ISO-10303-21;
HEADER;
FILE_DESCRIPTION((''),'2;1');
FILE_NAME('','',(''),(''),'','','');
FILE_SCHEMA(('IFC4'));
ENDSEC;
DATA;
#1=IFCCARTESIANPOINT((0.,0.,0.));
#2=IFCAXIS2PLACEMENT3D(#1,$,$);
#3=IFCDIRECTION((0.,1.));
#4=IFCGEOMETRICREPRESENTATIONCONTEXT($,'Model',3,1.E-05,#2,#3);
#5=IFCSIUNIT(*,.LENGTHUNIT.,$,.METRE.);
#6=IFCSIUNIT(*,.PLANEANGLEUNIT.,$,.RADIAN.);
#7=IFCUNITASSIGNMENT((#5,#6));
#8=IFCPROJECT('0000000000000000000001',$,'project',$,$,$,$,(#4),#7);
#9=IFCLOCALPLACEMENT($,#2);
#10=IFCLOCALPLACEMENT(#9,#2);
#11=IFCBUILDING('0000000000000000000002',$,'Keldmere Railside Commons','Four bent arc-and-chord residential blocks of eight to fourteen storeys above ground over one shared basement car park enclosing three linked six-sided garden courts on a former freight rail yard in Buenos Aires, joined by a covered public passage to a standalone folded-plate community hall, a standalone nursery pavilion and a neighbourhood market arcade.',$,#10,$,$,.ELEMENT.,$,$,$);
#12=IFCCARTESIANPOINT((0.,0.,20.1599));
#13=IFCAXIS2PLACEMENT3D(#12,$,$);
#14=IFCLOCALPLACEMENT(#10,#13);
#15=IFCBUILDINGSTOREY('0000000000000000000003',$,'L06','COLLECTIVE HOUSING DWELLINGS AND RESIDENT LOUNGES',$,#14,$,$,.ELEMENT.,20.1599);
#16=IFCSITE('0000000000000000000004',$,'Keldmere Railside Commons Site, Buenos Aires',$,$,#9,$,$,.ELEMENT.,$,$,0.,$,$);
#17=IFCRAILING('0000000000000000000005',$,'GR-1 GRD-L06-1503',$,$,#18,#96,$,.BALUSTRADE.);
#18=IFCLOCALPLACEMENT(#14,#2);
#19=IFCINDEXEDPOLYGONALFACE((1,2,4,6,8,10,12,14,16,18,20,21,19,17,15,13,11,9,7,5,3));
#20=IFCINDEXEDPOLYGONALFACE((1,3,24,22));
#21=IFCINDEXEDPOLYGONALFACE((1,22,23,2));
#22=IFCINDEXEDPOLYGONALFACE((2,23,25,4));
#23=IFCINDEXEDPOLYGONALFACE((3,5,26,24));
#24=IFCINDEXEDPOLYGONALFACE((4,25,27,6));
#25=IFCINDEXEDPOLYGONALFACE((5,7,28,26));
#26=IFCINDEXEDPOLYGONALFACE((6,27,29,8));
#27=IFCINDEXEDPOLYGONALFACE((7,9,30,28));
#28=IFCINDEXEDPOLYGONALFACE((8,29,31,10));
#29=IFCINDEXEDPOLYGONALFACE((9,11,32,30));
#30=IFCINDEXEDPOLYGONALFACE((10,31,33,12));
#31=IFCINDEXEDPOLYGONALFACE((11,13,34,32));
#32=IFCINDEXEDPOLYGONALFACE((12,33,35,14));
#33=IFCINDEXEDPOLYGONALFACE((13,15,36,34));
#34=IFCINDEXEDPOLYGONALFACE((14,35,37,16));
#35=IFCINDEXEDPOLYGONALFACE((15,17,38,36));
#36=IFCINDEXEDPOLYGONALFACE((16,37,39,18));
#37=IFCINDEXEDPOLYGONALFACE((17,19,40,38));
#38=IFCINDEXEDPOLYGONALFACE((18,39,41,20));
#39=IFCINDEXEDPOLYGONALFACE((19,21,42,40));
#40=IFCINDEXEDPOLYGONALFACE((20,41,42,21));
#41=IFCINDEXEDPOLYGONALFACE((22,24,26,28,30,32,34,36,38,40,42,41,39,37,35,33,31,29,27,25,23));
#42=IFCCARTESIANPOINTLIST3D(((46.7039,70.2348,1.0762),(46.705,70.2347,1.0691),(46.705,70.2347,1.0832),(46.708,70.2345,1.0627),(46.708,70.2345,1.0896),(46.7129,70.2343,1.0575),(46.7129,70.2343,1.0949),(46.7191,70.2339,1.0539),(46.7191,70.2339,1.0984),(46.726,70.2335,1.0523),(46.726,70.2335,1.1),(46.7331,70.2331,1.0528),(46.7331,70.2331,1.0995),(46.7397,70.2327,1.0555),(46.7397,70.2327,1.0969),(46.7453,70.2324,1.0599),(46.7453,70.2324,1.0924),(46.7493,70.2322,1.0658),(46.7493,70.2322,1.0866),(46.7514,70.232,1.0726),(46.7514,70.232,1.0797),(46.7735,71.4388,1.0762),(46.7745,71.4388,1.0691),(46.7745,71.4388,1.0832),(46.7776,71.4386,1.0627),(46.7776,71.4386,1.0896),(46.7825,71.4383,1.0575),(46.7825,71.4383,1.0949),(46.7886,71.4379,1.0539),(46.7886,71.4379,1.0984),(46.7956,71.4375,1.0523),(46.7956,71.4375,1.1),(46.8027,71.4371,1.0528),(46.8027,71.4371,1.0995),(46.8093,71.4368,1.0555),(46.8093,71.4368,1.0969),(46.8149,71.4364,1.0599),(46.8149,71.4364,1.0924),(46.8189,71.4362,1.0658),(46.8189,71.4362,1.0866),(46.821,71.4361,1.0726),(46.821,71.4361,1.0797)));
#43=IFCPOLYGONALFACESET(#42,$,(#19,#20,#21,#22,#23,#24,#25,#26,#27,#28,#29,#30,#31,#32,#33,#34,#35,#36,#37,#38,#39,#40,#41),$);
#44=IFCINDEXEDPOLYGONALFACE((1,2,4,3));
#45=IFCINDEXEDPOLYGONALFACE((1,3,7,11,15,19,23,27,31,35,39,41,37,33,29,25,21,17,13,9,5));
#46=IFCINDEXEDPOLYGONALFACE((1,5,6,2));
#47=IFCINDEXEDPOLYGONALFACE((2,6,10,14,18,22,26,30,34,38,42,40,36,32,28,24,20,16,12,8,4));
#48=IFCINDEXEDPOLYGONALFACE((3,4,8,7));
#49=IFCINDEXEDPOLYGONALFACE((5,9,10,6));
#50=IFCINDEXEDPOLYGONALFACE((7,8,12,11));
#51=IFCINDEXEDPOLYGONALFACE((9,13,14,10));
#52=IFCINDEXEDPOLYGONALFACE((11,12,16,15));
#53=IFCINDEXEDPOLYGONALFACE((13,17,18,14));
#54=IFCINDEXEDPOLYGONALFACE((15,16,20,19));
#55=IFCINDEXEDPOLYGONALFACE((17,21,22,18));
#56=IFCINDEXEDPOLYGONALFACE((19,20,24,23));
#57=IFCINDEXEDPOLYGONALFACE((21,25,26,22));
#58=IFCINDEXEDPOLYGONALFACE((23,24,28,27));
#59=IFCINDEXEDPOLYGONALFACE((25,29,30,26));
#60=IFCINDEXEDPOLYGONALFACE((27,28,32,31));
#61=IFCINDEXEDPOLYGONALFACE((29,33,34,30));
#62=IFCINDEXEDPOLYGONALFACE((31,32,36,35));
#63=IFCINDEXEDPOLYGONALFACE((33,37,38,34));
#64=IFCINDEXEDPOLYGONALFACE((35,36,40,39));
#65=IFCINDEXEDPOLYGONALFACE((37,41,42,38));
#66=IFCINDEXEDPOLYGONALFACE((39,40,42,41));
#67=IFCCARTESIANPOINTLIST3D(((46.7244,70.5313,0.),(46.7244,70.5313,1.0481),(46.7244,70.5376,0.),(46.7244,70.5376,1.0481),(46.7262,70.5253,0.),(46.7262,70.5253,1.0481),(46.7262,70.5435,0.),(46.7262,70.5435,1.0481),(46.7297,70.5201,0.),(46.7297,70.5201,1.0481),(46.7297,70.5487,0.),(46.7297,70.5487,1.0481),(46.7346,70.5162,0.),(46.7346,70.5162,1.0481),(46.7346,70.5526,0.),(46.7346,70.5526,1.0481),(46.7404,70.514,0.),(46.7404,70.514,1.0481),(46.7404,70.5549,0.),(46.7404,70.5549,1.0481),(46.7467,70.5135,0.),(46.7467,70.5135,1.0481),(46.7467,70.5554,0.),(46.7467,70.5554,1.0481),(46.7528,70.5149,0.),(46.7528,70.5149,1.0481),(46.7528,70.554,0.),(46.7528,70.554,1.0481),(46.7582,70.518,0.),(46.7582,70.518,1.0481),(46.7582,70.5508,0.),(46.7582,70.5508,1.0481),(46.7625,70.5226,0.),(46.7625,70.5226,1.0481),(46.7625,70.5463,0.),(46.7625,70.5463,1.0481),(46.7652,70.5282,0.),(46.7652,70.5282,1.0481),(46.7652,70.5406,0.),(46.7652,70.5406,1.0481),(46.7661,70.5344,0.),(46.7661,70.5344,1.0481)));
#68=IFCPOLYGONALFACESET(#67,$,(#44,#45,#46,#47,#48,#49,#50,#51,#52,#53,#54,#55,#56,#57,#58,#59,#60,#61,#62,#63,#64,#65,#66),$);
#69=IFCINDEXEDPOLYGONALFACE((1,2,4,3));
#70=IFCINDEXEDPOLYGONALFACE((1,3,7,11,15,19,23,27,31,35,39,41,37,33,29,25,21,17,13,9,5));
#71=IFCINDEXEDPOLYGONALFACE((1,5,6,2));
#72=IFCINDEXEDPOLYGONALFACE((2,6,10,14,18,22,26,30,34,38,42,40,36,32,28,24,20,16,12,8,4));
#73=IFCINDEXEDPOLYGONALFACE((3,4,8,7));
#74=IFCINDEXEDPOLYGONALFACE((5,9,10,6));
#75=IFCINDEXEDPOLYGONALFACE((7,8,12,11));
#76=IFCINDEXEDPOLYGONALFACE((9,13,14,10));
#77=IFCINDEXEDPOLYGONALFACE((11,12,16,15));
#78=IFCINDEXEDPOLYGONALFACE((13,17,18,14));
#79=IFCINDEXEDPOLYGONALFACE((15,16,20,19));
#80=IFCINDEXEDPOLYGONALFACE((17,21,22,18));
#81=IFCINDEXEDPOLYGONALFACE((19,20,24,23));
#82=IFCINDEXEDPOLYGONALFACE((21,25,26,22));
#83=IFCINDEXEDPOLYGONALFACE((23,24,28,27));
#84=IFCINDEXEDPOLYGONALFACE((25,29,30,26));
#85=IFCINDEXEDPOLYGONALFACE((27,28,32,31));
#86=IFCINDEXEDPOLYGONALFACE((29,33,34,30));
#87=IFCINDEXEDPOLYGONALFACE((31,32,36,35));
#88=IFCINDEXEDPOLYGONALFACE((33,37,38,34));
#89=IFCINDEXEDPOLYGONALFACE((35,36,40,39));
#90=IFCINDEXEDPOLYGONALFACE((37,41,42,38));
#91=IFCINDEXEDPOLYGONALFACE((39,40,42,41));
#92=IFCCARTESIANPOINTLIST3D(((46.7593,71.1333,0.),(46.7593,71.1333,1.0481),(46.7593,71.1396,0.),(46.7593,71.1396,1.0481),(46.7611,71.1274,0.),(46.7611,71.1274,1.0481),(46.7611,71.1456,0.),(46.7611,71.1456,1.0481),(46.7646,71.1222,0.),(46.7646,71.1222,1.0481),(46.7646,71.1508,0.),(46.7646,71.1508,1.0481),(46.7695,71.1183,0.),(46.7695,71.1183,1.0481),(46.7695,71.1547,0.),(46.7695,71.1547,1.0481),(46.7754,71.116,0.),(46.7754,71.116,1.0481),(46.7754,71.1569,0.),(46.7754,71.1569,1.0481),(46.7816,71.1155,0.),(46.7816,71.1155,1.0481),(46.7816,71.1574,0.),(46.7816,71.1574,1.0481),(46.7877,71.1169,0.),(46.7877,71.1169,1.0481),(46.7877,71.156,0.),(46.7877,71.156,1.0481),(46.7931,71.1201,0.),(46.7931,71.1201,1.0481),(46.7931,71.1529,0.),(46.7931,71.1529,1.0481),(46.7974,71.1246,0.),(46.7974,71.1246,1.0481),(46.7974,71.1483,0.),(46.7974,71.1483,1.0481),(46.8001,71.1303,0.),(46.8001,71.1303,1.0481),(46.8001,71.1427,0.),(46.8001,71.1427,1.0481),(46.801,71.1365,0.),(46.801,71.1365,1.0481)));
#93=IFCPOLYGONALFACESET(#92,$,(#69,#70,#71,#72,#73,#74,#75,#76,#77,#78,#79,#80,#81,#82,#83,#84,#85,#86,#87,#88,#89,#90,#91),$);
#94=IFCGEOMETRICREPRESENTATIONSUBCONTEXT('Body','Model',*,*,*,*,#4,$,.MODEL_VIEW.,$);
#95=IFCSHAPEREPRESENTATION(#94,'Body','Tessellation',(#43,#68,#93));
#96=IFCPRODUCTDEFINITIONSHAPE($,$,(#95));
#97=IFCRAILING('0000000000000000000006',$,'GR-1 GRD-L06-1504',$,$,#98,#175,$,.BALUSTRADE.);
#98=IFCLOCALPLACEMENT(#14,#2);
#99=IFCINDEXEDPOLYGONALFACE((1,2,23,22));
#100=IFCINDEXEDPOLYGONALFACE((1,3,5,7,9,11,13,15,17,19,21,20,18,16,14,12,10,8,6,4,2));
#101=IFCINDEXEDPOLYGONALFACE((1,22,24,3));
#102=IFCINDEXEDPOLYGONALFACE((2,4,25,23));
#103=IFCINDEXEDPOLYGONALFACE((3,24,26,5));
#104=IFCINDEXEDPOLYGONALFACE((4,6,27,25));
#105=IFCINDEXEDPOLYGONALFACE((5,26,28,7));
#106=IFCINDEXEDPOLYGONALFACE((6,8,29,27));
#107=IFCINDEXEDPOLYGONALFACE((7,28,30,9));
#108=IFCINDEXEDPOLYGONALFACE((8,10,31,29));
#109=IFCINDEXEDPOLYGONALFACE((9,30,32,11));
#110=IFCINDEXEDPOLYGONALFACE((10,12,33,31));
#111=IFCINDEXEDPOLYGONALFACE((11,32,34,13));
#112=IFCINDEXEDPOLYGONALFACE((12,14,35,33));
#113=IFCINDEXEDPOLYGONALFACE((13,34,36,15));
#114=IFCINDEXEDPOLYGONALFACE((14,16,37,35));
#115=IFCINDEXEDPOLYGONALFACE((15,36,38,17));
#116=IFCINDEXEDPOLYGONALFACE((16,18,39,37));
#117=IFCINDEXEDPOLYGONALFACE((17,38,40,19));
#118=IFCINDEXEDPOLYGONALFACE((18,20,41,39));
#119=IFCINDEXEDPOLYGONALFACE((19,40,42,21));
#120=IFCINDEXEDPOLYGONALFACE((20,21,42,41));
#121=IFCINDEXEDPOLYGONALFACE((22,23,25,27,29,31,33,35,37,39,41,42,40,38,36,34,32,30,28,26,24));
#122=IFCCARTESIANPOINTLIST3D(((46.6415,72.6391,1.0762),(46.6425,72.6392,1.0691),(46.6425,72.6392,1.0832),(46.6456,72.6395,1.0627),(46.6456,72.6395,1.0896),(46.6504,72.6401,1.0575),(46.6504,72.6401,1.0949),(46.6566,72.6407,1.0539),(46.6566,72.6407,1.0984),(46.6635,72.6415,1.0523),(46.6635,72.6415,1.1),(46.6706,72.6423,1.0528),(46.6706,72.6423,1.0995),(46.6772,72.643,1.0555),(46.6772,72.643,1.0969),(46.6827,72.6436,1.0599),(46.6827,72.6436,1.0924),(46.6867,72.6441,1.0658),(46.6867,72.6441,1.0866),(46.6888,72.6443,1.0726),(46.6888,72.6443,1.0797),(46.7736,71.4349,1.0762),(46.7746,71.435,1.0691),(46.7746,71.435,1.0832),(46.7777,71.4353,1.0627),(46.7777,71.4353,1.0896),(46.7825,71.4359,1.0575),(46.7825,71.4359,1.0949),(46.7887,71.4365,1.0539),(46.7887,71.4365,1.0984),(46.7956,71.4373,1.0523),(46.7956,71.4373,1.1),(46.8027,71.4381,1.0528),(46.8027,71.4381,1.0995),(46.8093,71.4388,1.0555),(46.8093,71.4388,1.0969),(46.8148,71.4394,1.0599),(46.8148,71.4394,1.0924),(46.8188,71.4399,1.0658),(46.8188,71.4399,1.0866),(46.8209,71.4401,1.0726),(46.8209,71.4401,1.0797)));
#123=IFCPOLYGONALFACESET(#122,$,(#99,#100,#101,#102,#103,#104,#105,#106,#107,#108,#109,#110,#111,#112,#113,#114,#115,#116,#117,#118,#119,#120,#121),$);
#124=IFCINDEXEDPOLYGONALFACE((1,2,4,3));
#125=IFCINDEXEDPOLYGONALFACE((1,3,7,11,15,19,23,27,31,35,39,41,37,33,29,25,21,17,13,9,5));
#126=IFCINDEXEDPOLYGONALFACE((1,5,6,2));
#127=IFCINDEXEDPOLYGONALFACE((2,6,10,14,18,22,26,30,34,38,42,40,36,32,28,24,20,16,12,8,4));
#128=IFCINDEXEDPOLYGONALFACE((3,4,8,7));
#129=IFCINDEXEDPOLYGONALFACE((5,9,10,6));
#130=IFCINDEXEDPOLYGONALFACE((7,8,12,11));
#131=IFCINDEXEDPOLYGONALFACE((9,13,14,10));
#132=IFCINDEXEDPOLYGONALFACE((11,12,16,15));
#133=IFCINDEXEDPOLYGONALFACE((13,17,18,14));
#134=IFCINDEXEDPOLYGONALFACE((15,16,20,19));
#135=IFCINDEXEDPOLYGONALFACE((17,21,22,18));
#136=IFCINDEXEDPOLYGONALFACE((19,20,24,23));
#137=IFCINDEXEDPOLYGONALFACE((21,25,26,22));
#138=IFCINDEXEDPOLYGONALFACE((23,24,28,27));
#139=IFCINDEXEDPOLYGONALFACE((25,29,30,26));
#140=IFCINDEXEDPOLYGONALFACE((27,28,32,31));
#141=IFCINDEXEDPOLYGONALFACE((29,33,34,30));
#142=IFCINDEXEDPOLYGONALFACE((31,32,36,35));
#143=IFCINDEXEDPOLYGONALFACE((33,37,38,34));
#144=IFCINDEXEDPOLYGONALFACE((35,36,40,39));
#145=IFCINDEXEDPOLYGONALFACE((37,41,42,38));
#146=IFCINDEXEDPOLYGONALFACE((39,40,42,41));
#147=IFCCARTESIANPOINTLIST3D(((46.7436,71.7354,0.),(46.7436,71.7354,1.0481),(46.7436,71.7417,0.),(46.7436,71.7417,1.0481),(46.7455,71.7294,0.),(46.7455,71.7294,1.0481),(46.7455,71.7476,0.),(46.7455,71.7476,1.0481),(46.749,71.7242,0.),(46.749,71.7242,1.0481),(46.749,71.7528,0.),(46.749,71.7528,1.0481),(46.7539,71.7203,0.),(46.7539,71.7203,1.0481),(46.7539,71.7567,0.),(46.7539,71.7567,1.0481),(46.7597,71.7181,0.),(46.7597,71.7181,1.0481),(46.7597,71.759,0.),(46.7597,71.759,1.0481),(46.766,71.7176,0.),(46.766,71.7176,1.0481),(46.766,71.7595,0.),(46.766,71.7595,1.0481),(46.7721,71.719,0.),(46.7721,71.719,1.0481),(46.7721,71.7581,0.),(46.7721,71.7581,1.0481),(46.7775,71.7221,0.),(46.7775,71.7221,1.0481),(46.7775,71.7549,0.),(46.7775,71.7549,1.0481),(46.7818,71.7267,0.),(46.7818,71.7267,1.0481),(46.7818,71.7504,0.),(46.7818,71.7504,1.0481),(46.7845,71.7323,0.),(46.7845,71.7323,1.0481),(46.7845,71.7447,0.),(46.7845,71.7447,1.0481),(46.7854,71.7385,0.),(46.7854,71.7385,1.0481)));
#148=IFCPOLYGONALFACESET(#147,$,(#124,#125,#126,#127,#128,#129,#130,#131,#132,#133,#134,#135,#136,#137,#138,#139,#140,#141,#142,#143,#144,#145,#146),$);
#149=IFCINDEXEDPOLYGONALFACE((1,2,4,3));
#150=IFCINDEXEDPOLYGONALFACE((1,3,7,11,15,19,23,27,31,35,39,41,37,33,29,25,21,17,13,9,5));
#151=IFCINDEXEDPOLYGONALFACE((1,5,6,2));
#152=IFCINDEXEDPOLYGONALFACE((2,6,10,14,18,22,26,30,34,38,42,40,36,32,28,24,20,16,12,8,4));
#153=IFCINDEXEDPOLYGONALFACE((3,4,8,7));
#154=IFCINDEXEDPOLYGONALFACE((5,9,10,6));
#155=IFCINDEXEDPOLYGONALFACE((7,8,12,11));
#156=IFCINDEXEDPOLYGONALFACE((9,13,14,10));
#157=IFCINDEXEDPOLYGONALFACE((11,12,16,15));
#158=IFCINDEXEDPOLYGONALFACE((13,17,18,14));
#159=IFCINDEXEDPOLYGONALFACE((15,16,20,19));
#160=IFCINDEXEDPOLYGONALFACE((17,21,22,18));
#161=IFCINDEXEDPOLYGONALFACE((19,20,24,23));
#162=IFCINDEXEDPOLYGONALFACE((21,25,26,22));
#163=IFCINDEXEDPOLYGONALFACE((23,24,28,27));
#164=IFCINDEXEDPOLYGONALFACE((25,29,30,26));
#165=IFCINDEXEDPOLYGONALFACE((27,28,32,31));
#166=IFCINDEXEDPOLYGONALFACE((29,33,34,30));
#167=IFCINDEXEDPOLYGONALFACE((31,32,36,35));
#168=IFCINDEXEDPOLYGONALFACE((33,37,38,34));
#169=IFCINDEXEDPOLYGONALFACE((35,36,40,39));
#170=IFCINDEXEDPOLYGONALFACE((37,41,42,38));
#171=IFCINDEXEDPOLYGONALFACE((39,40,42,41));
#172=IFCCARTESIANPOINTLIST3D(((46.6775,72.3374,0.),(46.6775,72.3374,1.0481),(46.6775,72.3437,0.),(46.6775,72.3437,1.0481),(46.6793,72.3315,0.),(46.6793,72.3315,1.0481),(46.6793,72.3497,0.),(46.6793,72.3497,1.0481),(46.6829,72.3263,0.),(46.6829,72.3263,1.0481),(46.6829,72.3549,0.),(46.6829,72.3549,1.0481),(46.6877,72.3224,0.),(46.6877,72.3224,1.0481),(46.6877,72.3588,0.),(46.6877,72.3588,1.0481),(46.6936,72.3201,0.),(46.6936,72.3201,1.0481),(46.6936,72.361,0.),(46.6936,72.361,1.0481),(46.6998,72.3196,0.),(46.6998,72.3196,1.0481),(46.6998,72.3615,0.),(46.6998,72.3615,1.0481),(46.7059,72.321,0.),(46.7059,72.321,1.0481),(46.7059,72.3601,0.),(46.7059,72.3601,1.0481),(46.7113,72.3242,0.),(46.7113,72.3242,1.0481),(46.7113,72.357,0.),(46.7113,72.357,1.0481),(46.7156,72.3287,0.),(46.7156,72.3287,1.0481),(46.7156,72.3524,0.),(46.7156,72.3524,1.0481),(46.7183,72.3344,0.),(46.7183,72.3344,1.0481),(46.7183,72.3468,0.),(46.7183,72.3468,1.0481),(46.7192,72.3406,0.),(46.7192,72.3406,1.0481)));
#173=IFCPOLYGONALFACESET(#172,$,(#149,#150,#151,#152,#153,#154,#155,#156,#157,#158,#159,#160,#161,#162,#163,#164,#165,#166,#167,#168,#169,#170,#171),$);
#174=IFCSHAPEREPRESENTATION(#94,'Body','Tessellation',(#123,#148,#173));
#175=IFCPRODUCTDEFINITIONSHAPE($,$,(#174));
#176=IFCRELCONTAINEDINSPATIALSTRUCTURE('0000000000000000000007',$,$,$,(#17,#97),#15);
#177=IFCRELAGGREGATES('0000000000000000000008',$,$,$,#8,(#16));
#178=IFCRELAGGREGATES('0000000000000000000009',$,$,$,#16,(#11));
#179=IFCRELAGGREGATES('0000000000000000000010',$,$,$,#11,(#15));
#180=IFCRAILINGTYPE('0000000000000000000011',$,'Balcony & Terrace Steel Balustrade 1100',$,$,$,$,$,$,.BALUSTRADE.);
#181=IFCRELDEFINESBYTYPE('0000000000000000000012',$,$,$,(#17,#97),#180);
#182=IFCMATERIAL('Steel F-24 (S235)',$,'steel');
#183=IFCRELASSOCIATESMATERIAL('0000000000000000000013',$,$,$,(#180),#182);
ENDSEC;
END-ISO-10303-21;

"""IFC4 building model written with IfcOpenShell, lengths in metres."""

from ifc_helpers import new_model, si_unit, direction, frame, origin, origin_2d, place, context, subcontext, project, spatial, circle, extrude, material, type_object, element, save


model = new_model("IFC4")

# Units and contexts
model_context = context("Model", 3, precision=1e-05, world=origin(), true_north=direction((0.0, 1.0)))
body_context = subcontext(model_context, "Body", "Model", "MODEL_VIEW")
ifc_project = project(units=[si_unit("LENGTHUNIT", "METRE"), si_unit("PLANEANGLEUNIT", "RADIAN")], contexts=[model_context])

# Site, building, storey
site_placement = place(None, origin())
site = spatial("IfcSite", under=ifc_project, at=site_placement, Name="Keldmere Railside Commons Site, Buenos Aires", CompositionType="ELEMENT", RefElevation=0.0)
building_placement = place(site_placement, origin())
building = spatial("IfcBuilding", under=site, at=building_placement, Name="Keldmere Railside Commons", Description="Four bent arc-and-chord residential blocks of eight to fourteen storeys above ground over one shared basement car park enclosing three linked six-sided garden courts on a former freight rail yard in Buenos Aires, joined by a covered public passage to a standalone folded-plate community hall, a standalone nursery pavilion and a neighbourhood market arcade.", CompositionType="ELEMENT")
storey_placement = place(building_placement, frame((0.0, 0.0, 20.1599)))
storey = spatial("IfcBuildingStorey", under=building, at=storey_placement, Name="L06", Description="COLLECTIVE HOUSING DWELLINGS AND RESIDENT LOUNGES", CompositionType="ELEMENT", Elevation=20.1599)

# Shared definitions
ifc_material_1 = material(Name="Steel F-24 (S235)", Category="steel")

# Railings
railing_type_1 = type_object("IfcRailingType", Name="Balcony & Terrace Steel Balustrade 1100", PredefinedType="BALUSTRADE", material=ifc_material_1)
railing_1_placement = place(storey_placement, frame((46.7278, 70.2334, 0.0)))
element("IfcRailing", 1, at=railing_1_placement, inside=storey, type_object=railing_type_1, Name="GR-1 GRD-L06-1503", PredefinedType="BALUSTRADE", context=body_context, shape_type="SweptSolid", body=[
    extrude(circle(Radius=0.0239, at=origin_2d()), frame((0.0, 0.0, 1.0762), z_axis=(0.05769, 0.998335, 0.0), x_axis=(-0.998335, 0.05769, 0.0)), (0.0, 0.0, 1.0), 1.2061),
    extrude(circle(Radius=0.021, at=origin_2d()), frame((0.0173, 0.301, 0.0)), (0.0, 0.0, 1.0), 1.0481),
    extrude(circle(Radius=0.021, at=origin_2d()), frame((0.0522, 0.9031, 0.0)), (0.0, 0.0, 1.0), 1.0481),
])
railing_2_placement = place(storey_placement, frame((46.7974, 71.4375, 0.0)))
element("IfcRailing", 2, at=railing_2_placement, inside=storey, type_object=railing_type_1, Name="GR-1 GRD-L06-1504", PredefinedType="BALUSTRADE", context=body_context, shape_type="SweptSolid", body=[
    extrude(circle(Radius=0.0239, at=origin_2d()), frame((0.0, 0.0, 1.0762), z_axis=(-0.109038, 0.994038, 0.0), x_axis=(-0.994038, -0.109038, 0.0)), (0.0, 0.0, 1.0), 1.2114),
    extrude(circle(Radius=0.021, at=origin_2d()), frame((-0.033, 0.301, 0.0)), (0.0, 0.0, 1.0), 1.0481),
    extrude(circle(Radius=0.021, at=origin_2d()), frame((-0.0991, 0.9031, 0.0)), (0.0, 0.0, 1.0), 1.0481),
])

save(model, "model.ifc")
